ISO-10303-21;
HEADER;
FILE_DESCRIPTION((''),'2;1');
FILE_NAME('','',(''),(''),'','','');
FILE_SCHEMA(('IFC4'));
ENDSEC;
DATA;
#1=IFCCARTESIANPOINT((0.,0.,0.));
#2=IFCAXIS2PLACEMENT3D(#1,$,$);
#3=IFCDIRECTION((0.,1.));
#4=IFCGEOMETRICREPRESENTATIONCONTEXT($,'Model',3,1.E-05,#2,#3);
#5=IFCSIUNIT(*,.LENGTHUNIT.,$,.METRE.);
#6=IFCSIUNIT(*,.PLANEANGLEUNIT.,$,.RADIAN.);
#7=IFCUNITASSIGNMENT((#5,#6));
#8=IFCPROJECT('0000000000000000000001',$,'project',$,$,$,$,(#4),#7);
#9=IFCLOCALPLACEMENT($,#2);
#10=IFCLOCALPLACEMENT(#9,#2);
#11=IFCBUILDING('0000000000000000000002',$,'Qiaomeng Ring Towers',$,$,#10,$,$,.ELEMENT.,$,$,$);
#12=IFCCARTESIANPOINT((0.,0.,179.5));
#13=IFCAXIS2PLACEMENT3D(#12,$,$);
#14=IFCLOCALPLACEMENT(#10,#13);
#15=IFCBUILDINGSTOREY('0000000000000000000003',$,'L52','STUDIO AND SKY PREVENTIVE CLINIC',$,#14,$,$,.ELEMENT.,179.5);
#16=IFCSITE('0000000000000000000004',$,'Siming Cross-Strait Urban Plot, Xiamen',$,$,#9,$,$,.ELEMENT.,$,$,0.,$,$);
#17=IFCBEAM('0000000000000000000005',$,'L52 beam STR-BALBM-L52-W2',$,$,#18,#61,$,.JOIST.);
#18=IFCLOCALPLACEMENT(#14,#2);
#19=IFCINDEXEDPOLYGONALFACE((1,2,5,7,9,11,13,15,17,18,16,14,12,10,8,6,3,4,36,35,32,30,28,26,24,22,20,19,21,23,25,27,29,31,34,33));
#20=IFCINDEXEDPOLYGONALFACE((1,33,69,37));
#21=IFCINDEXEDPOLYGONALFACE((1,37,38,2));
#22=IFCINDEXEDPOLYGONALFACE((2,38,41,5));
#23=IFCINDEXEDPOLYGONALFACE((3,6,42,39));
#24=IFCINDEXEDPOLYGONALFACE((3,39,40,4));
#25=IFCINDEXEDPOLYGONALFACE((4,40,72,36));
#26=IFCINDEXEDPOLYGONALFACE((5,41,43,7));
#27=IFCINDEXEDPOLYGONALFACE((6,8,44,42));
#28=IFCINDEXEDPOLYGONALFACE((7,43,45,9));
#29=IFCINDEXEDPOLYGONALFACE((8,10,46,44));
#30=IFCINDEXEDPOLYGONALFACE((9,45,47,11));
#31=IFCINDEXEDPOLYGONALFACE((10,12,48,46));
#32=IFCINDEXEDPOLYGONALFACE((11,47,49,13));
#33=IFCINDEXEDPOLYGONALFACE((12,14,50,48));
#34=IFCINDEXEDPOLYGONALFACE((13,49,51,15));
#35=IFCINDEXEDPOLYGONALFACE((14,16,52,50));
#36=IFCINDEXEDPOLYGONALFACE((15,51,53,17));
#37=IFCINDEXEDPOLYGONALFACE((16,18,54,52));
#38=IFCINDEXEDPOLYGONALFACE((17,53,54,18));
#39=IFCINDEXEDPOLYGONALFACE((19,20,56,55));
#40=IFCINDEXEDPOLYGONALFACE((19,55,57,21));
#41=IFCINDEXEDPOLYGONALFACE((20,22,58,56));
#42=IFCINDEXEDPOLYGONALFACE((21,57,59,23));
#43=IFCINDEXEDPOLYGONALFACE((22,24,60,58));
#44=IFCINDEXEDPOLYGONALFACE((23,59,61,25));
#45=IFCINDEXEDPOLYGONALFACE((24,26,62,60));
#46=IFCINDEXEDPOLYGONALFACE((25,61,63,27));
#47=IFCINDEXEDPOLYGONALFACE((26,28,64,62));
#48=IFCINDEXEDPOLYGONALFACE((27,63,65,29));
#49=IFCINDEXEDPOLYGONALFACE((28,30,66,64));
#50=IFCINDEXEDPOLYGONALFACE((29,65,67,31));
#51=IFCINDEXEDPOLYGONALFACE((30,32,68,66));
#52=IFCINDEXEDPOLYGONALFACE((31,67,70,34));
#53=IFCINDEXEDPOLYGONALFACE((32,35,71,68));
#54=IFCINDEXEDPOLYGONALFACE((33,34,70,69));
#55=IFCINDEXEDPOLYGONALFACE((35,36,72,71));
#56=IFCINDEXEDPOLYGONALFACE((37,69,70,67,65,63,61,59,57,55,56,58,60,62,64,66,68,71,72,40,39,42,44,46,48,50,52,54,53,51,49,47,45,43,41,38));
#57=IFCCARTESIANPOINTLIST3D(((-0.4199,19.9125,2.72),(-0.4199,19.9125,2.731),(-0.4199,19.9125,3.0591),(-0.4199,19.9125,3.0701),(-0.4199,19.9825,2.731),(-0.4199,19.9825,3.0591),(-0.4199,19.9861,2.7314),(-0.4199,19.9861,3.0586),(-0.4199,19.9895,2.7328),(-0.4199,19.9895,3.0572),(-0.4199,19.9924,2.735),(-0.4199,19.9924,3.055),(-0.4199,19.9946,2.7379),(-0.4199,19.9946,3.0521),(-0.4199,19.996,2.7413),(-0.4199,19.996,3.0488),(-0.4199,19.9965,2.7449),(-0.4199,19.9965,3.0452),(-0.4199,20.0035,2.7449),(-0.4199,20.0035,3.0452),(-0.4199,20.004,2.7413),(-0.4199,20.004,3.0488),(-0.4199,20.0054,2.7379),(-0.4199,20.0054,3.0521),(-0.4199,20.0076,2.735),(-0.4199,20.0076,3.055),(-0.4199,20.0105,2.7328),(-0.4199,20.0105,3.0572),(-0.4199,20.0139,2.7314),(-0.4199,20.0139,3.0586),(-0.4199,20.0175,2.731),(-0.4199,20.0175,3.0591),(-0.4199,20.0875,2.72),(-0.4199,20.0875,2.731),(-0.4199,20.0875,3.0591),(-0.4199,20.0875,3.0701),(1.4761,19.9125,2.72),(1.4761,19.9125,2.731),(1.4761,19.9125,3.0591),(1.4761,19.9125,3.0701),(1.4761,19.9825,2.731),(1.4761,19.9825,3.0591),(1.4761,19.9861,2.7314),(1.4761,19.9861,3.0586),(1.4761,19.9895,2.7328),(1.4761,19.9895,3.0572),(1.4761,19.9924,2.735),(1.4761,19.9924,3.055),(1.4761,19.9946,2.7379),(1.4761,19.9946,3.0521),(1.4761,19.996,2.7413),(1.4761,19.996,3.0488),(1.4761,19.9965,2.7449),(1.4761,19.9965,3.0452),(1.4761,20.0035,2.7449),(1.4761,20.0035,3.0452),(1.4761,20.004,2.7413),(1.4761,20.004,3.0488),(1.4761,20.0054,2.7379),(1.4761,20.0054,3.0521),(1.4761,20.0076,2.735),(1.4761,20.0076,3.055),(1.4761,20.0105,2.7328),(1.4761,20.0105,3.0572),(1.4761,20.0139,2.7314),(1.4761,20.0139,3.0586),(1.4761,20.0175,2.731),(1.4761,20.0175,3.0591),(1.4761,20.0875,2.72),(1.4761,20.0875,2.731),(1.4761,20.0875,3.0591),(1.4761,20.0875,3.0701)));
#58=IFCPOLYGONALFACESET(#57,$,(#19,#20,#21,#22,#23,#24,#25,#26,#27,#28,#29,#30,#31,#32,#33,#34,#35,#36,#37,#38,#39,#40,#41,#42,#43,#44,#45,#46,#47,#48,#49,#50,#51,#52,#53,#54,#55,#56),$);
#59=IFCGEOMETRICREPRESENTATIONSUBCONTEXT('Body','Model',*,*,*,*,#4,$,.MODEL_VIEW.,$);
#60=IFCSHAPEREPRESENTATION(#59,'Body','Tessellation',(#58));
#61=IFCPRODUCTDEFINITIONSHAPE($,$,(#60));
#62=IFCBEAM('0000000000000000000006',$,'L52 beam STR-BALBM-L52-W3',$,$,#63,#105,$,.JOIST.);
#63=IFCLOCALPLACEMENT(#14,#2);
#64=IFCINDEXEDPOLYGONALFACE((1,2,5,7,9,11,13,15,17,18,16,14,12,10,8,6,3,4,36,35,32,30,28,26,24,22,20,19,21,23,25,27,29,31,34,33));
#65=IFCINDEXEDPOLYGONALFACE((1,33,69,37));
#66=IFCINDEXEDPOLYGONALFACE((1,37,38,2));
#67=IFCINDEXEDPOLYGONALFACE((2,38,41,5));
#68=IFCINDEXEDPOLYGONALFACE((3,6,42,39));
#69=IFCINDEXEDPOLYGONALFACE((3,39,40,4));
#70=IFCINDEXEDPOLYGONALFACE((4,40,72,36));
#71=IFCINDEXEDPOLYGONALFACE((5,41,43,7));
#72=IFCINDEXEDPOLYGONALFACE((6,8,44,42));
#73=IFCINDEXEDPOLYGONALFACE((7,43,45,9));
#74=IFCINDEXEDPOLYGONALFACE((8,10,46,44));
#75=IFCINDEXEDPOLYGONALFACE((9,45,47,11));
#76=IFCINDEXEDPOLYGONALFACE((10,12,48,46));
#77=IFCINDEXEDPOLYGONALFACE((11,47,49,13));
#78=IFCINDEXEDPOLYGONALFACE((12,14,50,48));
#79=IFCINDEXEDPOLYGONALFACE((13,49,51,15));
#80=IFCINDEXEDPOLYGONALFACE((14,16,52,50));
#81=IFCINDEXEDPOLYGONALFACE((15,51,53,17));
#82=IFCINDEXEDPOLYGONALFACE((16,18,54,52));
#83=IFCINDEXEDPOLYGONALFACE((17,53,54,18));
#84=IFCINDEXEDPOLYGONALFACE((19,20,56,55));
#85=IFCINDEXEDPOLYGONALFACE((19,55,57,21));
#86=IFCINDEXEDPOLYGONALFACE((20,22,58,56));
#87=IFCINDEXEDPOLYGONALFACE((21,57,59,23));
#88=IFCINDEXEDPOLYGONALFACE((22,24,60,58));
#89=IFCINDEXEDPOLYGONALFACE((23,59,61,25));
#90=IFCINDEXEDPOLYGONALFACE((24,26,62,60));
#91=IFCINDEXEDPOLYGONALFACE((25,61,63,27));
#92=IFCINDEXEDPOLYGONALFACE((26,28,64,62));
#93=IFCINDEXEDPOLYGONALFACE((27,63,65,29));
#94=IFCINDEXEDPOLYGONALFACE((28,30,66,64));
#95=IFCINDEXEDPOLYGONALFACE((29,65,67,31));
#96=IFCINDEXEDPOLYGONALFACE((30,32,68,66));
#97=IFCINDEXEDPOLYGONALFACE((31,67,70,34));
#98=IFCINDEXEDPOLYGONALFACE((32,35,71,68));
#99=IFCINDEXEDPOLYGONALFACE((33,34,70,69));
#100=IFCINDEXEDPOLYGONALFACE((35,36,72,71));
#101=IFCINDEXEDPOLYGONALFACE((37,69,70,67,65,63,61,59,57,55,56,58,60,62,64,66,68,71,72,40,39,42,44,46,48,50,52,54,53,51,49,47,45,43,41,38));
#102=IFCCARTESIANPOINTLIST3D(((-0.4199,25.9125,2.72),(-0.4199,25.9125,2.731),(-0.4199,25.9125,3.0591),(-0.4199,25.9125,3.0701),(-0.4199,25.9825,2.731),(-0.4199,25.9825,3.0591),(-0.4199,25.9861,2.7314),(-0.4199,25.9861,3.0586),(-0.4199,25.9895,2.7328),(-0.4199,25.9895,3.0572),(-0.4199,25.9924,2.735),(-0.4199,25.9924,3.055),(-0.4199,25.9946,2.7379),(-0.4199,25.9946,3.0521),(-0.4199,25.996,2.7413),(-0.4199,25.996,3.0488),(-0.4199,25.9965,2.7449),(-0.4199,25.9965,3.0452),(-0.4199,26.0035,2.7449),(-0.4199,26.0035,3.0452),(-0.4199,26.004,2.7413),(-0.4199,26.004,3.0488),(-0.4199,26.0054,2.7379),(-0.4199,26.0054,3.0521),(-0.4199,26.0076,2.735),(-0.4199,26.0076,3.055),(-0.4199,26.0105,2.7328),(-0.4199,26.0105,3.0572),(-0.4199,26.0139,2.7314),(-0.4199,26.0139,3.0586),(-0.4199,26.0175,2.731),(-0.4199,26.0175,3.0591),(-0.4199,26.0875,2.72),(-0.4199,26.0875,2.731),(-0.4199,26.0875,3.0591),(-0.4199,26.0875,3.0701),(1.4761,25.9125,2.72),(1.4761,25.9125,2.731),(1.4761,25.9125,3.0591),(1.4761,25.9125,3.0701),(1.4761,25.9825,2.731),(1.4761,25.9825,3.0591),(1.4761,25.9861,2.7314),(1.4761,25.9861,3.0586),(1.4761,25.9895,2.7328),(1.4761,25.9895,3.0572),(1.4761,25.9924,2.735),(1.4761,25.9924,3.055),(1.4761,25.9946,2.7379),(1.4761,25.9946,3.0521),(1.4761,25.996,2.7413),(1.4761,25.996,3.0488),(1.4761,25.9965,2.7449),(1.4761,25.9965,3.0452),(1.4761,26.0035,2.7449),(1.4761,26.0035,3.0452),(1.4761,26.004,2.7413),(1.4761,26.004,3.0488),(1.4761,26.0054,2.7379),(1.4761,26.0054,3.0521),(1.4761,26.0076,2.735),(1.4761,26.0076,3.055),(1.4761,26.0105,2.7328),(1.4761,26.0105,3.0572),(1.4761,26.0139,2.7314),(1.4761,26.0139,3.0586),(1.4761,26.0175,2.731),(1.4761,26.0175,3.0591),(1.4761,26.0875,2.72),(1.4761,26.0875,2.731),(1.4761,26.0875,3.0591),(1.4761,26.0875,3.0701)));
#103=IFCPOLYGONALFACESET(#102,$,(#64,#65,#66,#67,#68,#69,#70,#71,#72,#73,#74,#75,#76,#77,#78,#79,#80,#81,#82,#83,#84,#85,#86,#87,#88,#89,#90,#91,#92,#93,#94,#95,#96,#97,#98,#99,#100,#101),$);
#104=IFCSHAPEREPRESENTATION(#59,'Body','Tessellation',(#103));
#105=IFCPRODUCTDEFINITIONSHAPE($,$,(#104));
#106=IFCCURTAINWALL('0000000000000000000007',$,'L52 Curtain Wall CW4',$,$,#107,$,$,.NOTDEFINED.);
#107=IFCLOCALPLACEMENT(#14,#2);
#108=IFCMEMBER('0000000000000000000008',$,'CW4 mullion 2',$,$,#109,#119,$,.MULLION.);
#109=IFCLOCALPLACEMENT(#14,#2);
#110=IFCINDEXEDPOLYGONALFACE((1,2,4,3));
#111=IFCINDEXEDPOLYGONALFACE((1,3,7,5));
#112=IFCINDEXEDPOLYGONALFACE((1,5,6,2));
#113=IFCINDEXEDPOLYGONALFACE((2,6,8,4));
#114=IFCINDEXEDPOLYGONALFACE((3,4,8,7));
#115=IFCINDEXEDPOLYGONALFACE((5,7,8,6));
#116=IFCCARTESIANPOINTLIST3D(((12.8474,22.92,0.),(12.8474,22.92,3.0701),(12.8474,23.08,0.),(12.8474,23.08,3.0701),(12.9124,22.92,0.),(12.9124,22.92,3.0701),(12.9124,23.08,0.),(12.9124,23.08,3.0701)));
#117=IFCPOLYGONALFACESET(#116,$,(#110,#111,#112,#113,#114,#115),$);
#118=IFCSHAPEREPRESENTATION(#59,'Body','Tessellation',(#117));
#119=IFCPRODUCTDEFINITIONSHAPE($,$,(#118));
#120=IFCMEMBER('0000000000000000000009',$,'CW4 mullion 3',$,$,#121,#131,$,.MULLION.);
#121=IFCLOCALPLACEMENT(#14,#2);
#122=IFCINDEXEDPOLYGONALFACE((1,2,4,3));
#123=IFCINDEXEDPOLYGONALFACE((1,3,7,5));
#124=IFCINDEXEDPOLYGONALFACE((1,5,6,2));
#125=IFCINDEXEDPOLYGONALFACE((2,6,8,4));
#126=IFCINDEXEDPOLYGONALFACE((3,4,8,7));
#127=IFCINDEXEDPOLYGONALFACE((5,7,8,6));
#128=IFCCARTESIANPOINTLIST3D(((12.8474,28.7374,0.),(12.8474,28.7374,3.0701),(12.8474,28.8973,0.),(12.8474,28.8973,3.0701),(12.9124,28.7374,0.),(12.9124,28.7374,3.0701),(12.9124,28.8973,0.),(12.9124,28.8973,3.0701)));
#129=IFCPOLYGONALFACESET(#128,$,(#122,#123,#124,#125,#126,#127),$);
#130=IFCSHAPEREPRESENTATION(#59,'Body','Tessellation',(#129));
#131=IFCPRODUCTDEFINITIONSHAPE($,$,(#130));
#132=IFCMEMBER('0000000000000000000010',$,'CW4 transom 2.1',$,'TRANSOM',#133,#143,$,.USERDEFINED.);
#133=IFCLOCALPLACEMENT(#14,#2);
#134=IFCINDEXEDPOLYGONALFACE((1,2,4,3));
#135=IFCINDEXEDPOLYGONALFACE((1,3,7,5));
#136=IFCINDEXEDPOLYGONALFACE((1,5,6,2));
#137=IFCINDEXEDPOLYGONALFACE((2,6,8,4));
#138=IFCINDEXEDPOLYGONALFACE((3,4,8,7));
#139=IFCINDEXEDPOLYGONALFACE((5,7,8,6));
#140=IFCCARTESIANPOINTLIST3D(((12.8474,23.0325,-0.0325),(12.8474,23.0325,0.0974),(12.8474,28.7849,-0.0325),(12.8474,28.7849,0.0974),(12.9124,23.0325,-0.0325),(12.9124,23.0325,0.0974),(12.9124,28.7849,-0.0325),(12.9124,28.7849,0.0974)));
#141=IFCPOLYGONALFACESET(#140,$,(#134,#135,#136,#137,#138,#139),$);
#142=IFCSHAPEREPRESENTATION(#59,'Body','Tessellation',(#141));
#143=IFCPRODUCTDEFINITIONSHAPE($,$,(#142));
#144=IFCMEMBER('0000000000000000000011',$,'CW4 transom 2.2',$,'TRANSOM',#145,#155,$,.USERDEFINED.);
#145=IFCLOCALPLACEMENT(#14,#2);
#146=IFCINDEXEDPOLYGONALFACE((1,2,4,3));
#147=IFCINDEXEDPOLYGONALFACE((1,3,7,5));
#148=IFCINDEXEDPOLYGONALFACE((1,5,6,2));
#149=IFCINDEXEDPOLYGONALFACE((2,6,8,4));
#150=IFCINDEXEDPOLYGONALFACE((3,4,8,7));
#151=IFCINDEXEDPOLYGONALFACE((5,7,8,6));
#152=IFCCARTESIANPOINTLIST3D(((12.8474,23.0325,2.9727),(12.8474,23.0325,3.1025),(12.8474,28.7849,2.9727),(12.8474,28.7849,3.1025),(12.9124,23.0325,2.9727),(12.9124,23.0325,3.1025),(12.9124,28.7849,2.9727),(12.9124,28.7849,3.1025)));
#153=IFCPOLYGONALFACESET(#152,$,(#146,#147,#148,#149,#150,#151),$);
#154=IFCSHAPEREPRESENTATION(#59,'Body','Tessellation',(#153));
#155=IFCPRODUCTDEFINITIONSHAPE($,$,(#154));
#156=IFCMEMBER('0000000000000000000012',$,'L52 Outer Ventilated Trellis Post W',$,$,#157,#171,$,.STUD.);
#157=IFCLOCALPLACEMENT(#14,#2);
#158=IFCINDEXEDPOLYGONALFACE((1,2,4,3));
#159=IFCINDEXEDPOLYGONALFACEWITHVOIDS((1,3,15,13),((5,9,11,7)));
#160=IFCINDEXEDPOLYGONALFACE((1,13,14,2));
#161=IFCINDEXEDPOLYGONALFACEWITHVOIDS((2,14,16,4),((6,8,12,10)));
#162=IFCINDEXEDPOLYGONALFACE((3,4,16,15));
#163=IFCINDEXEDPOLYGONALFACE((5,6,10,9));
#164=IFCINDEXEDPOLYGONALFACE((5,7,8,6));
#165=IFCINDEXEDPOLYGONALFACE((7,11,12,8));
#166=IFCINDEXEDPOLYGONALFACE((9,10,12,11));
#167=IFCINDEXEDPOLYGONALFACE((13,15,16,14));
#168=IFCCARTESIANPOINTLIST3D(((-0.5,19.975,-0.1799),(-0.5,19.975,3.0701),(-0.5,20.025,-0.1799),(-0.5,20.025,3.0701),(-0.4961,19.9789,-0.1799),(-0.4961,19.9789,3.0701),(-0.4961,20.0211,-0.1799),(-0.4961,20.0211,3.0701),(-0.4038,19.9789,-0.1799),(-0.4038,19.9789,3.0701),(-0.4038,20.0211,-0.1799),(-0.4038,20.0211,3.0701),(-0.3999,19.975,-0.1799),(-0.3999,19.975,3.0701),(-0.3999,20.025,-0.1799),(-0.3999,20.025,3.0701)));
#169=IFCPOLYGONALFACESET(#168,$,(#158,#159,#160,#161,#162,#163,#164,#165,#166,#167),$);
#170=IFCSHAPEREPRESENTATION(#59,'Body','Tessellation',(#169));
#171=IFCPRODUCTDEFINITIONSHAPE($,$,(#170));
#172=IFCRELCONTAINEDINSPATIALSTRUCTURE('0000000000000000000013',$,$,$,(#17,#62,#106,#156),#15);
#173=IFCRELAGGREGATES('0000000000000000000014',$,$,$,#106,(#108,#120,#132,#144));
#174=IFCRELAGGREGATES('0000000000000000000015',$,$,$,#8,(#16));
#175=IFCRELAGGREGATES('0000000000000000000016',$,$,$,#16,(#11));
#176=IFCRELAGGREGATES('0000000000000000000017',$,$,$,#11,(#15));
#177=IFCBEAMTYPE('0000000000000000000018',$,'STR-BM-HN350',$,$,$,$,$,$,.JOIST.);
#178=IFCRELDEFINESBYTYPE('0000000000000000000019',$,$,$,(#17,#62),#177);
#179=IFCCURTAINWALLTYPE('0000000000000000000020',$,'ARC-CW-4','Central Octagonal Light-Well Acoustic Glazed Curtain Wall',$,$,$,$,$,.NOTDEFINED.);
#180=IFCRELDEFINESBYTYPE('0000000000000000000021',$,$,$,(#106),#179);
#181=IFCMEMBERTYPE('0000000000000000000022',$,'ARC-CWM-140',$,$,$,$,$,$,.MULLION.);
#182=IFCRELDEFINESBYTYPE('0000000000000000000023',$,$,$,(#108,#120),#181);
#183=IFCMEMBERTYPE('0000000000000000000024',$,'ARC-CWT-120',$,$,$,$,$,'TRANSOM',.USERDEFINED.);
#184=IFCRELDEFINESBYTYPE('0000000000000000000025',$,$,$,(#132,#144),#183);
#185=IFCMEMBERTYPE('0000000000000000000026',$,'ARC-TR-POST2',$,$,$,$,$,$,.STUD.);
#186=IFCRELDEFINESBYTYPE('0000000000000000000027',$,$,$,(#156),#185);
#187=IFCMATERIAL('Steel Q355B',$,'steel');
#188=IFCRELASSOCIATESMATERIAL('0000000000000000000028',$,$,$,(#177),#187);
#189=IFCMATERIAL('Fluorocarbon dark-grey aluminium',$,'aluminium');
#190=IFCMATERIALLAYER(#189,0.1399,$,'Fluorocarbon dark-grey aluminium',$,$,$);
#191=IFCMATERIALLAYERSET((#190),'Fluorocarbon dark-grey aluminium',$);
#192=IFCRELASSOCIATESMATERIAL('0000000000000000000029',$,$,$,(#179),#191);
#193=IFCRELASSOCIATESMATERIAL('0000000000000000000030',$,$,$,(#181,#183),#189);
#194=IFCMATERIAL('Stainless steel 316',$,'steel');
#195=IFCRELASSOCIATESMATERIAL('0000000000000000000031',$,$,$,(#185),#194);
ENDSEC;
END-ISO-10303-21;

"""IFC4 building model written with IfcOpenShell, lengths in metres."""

from ifc_helpers import new_model, si_unit, direction, frame, origin, origin_2d, place, context, subcontext, project, spatial, rectangle, hollow_rectangle, i_section, extrude, source, transform, mapped, material, layer, layer_set, material_profile, profile_set, type_object, element, aggregate, save


model = new_model("IFC4")

# Units and contexts
model_context = context("Model", 3, precision=1e-05, world=origin(), true_north=direction((0.0, 1.0)))
body_context = subcontext(model_context, "Body", "Model", "MODEL_VIEW")
ifc_project = project(units=[si_unit("LENGTHUNIT", "METRE"), si_unit("PLANEANGLEUNIT", "RADIAN")], contexts=[model_context])

# Site, building, storey
site_placement = place(None, origin())
site = spatial("IfcSite", under=ifc_project, at=site_placement, Name="Siming Cross-Strait Urban Plot, Xiamen", CompositionType="ELEMENT", RefElevation=0.0)
building_placement = place(site_placement, origin())
building = spatial("IfcBuilding", under=site, at=building_placement, Name="Qiaomeng Ring Towers", CompositionType="ELEMENT")
storey_placement = place(building_placement, frame((0.0, 0.0, 179.5)))
storey = spatial("IfcBuildingStorey", under=building, at=storey_placement, Name="L52", Description="STUDIO AND SKY PREVENTIVE CLINIC", CompositionType="ELEMENT", Elevation=179.5)

# Beams
ifc_material_1 = material(Name="Steel Q355B", Category="steel")
ifc_material_profile_1 = material_profile(ifc_material_1, i_section(OverallWidth=0.175, OverallDepth=0.3501, WebThickness=0.0071, FlangeThickness=0.011, FilletRadius=0.0139, at=origin_2d()), Name="HN 350x175x7x11")
ifc_profile_set_1 = profile_set([ifc_material_profile_1], Name="Steel Q355B")
beam_type_1 = type_object("IfcBeamType", Name="STR-BM-HN350", PredefinedType="JOIST", material=ifc_profile_set_1)
shared_shape_1 = source(origin(), body_context, "Body", "SweptSolid", [
    extrude(i_section(OverallWidth=0.175, OverallDepth=0.3501, WebThickness=0.0071, FlangeThickness=0.011, FilletRadius=0.0139, at=origin_2d()), origin(), (0.0, 0.0, 1.0), 1.896),
])
for number, where, z_axis, x_axis, name in (
    (1, (-0.4199, 20.0, 2.895), (1.0, 0.0, 0.0), (0.0, 1.0, 0.0), "L52 beam STR-BALBM-L52-W2"),
    (2, (-0.4199, 26.0, 2.895), (1.0, 0.0, 0.0), (0.0, 1.0, 0.0), "L52 beam STR-BALBM-L52-W3"),
):
    element("IfcBeam", number, at=place(storey_placement, frame(where, z_axis=z_axis, x_axis=x_axis)), inside=storey, type_object=beam_type_1, Name=name, PredefinedType="JOIST", context=body_context, shape_type="MappedRepresentation", body=[
        mapped(shared_shape_1, transform((0.0, 0.0, 0.0), x_axis=(1.0, 0.0, 0.0), y_axis=(0.0, 1.0, 0.0), z_axis=(0.0, 0.0, 1.0), scale=1.0)),
    ])

# Curtain wall, members
ifc_material_2 = material(Name="Fluorocarbon dark-grey aluminium", Category="aluminium")
ifc_layer_1 = layer(ifc_material_2, 0.1399, Name="Fluorocarbon dark-grey aluminium")
ifc_layer_set_1 = layer_set([ifc_layer_1], Name="Fluorocarbon dark-grey aluminium")
curtain_wall_type = type_object("IfcCurtainWallType", Name="ARC-CW-4", Description="Central Octagonal Light-Well Acoustic Glazed Curtain Wall", PredefinedType="NOTDEFINED", material=ifc_layer_set_1)
curtain_wall_placement = place(storey_placement, origin())
curtain_wall = element("IfcCurtainWall", 3, at=curtain_wall_placement, inside=storey, type_object=curtain_wall_type, Name="L52 Curtain Wall CW4", PredefinedType="NOTDEFINED")
ifc_material_profile_2 = material_profile(ifc_material_2, rectangle(XDim=0.0649, YDim=0.1599, at=origin_2d()), Name="ALU MULL 65x160")
ifc_profile_set_2 = profile_set([ifc_material_profile_2], Name="Fluorocarbon dark-grey aluminium")
member_type_1 = type_object("IfcMemberType", Name="ARC-CWM-140", PredefinedType="MULLION", material=ifc_profile_set_2)
shared_shape_2 = source(origin(), body_context, "Body", "SweptSolid", [
    extrude(rectangle(XDim=0.0649, YDim=0.1599, at=origin_2d()), origin(), (0.0, 0.0, 1.0), 3.0701),
])
member_1_placement = place(storey_placement, frame((12.8799, 23.0, 0.0), z_axis=(0.0, 0.0, 1.0), x_axis=(-1.0, 0.0, 0.0)))
member_1 = element("IfcMember", 4, at=member_1_placement, type_object=member_type_1, Name="CW4 mullion 2", PredefinedType="MULLION", context=body_context, shape_type="MappedRepresentation", body=[
    mapped(shared_shape_2, transform((0.0, 0.0, 0.0), x_axis=(1.0, 0.0, 0.0), y_axis=(0.0, 1.0, 0.0), z_axis=(0.0, 0.0, 1.0), scale=1.0)),
])
member_2_placement = place(storey_placement, frame((12.8799, 28.8174, 0.0), z_axis=(0.0, 0.0, 1.0), x_axis=(-1.0, 0.0, 0.0)))
member_2 = element("IfcMember", 5, at=member_2_placement, type_object=member_type_1, Name="CW4 mullion 3", PredefinedType="MULLION", context=body_context, shape_type="MappedRepresentation", body=[
    mapped(shared_shape_2, transform((0.0, 0.0, 0.0), x_axis=(1.0, 0.0, 0.0), y_axis=(0.0, 1.0, 0.0), z_axis=(0.0, 0.0, 1.0), scale=1.0)),
])
ifc_material_profile_3 = material_profile(ifc_material_2, rectangle(XDim=0.0649, YDim=0.1299, at=origin_2d()), Name="ALU TRAN 65x130")
ifc_profile_set_3 = profile_set([ifc_material_profile_3], Name="Fluorocarbon dark-grey aluminium")
member_type_2 = type_object("IfcMemberType", Name="ARC-CWT-120", ElementType="TRANSOM", PredefinedType="USERDEFINED", material=ifc_profile_set_3)
shared_shape_3 = source(origin(), body_context, "Body", "SweptSolid", [
    extrude(rectangle(XDim=0.0649, YDim=0.1299, at=origin_2d()), origin(), (0.0, 0.0, 1.0), 5.7524),
])
member_3_placement = place(storey_placement, frame((12.8799, 23.0325, 0.0325), z_axis=(0.0, 1.0, 0.0), x_axis=(-1.0, 0.0, 0.0)))
member_3 = element("IfcMember", 6, at=member_3_placement, type_object=member_type_2, Name="CW4 transom 2.1", ObjectType="TRANSOM", PredefinedType="USERDEFINED", context=body_context, shape_type="MappedRepresentation", body=[
    mapped(shared_shape_3, transform((0.0, 0.0, 0.0), x_axis=(1.0, 0.0, 0.0), y_axis=(0.0, 1.0, 0.0), z_axis=(0.0, 0.0, 1.0), scale=1.0)),
])
member_4_placement = place(storey_placement, frame((12.8799, 23.0325, 3.0376), z_axis=(0.0, 1.0, 0.0), x_axis=(-1.0, 0.0, 0.0)))
member_4 = element("IfcMember", 7, at=member_4_placement, type_object=member_type_2, Name="CW4 transom 2.2", ObjectType="TRANSOM", PredefinedType="USERDEFINED", context=body_context, shape_type="MappedRepresentation", body=[
    mapped(shared_shape_3, transform((0.0, 0.0, 0.0), x_axis=(1.0, 0.0, 0.0), y_axis=(0.0, 1.0, 0.0), z_axis=(0.0, 0.0, 1.0), scale=1.0)),
])

# Member
ifc_material_3 = material(Name="Stainless steel 316", Category="steel")
ifc_material_profile_4 = material_profile(ifc_material_3, hollow_rectangle(XDim=0.05, YDim=0.1001, WallThickness=0.0039, at=origin_2d()), Name="SS TRELLIS 100x50")
ifc_profile_set_4 = profile_set([ifc_material_profile_4], Name="Stainless steel 316")
member_type_3 = type_object("IfcMemberType", Name="ARC-TR-POST2", PredefinedType="STUD", material=ifc_profile_set_4)
shared_shape_4 = source(origin(), body_context, "Body", "SweptSolid", [
    extrude(hollow_rectangle(XDim=0.05, YDim=0.1001, WallThickness=0.0039, at=origin_2d()), origin(), (0.0, 0.0, 1.0), 3.25),
])
member_5_placement = place(storey_placement, frame((-0.45, 20.0, -0.1799), z_axis=(0.0, 0.0, 1.0), x_axis=(0.0, 1.0, 0.0)))
element("IfcMember", 8, at=member_5_placement, inside=storey, type_object=member_type_3, Name="L52 Outer Ventilated Trellis Post W", PredefinedType="STUD", context=body_context, shape_type="MappedRepresentation", body=[
    mapped(shared_shape_4, transform((0.0, 0.0, 0.0), x_axis=(1.0, 0.0, 0.0), y_axis=(0.0, 1.0, 0.0), z_axis=(0.0, 0.0, 1.0), scale=1.0)),
])

aggregate(curtain_wall, [member_1, member_2, member_3, member_4])

save(model, "model.ifc")
